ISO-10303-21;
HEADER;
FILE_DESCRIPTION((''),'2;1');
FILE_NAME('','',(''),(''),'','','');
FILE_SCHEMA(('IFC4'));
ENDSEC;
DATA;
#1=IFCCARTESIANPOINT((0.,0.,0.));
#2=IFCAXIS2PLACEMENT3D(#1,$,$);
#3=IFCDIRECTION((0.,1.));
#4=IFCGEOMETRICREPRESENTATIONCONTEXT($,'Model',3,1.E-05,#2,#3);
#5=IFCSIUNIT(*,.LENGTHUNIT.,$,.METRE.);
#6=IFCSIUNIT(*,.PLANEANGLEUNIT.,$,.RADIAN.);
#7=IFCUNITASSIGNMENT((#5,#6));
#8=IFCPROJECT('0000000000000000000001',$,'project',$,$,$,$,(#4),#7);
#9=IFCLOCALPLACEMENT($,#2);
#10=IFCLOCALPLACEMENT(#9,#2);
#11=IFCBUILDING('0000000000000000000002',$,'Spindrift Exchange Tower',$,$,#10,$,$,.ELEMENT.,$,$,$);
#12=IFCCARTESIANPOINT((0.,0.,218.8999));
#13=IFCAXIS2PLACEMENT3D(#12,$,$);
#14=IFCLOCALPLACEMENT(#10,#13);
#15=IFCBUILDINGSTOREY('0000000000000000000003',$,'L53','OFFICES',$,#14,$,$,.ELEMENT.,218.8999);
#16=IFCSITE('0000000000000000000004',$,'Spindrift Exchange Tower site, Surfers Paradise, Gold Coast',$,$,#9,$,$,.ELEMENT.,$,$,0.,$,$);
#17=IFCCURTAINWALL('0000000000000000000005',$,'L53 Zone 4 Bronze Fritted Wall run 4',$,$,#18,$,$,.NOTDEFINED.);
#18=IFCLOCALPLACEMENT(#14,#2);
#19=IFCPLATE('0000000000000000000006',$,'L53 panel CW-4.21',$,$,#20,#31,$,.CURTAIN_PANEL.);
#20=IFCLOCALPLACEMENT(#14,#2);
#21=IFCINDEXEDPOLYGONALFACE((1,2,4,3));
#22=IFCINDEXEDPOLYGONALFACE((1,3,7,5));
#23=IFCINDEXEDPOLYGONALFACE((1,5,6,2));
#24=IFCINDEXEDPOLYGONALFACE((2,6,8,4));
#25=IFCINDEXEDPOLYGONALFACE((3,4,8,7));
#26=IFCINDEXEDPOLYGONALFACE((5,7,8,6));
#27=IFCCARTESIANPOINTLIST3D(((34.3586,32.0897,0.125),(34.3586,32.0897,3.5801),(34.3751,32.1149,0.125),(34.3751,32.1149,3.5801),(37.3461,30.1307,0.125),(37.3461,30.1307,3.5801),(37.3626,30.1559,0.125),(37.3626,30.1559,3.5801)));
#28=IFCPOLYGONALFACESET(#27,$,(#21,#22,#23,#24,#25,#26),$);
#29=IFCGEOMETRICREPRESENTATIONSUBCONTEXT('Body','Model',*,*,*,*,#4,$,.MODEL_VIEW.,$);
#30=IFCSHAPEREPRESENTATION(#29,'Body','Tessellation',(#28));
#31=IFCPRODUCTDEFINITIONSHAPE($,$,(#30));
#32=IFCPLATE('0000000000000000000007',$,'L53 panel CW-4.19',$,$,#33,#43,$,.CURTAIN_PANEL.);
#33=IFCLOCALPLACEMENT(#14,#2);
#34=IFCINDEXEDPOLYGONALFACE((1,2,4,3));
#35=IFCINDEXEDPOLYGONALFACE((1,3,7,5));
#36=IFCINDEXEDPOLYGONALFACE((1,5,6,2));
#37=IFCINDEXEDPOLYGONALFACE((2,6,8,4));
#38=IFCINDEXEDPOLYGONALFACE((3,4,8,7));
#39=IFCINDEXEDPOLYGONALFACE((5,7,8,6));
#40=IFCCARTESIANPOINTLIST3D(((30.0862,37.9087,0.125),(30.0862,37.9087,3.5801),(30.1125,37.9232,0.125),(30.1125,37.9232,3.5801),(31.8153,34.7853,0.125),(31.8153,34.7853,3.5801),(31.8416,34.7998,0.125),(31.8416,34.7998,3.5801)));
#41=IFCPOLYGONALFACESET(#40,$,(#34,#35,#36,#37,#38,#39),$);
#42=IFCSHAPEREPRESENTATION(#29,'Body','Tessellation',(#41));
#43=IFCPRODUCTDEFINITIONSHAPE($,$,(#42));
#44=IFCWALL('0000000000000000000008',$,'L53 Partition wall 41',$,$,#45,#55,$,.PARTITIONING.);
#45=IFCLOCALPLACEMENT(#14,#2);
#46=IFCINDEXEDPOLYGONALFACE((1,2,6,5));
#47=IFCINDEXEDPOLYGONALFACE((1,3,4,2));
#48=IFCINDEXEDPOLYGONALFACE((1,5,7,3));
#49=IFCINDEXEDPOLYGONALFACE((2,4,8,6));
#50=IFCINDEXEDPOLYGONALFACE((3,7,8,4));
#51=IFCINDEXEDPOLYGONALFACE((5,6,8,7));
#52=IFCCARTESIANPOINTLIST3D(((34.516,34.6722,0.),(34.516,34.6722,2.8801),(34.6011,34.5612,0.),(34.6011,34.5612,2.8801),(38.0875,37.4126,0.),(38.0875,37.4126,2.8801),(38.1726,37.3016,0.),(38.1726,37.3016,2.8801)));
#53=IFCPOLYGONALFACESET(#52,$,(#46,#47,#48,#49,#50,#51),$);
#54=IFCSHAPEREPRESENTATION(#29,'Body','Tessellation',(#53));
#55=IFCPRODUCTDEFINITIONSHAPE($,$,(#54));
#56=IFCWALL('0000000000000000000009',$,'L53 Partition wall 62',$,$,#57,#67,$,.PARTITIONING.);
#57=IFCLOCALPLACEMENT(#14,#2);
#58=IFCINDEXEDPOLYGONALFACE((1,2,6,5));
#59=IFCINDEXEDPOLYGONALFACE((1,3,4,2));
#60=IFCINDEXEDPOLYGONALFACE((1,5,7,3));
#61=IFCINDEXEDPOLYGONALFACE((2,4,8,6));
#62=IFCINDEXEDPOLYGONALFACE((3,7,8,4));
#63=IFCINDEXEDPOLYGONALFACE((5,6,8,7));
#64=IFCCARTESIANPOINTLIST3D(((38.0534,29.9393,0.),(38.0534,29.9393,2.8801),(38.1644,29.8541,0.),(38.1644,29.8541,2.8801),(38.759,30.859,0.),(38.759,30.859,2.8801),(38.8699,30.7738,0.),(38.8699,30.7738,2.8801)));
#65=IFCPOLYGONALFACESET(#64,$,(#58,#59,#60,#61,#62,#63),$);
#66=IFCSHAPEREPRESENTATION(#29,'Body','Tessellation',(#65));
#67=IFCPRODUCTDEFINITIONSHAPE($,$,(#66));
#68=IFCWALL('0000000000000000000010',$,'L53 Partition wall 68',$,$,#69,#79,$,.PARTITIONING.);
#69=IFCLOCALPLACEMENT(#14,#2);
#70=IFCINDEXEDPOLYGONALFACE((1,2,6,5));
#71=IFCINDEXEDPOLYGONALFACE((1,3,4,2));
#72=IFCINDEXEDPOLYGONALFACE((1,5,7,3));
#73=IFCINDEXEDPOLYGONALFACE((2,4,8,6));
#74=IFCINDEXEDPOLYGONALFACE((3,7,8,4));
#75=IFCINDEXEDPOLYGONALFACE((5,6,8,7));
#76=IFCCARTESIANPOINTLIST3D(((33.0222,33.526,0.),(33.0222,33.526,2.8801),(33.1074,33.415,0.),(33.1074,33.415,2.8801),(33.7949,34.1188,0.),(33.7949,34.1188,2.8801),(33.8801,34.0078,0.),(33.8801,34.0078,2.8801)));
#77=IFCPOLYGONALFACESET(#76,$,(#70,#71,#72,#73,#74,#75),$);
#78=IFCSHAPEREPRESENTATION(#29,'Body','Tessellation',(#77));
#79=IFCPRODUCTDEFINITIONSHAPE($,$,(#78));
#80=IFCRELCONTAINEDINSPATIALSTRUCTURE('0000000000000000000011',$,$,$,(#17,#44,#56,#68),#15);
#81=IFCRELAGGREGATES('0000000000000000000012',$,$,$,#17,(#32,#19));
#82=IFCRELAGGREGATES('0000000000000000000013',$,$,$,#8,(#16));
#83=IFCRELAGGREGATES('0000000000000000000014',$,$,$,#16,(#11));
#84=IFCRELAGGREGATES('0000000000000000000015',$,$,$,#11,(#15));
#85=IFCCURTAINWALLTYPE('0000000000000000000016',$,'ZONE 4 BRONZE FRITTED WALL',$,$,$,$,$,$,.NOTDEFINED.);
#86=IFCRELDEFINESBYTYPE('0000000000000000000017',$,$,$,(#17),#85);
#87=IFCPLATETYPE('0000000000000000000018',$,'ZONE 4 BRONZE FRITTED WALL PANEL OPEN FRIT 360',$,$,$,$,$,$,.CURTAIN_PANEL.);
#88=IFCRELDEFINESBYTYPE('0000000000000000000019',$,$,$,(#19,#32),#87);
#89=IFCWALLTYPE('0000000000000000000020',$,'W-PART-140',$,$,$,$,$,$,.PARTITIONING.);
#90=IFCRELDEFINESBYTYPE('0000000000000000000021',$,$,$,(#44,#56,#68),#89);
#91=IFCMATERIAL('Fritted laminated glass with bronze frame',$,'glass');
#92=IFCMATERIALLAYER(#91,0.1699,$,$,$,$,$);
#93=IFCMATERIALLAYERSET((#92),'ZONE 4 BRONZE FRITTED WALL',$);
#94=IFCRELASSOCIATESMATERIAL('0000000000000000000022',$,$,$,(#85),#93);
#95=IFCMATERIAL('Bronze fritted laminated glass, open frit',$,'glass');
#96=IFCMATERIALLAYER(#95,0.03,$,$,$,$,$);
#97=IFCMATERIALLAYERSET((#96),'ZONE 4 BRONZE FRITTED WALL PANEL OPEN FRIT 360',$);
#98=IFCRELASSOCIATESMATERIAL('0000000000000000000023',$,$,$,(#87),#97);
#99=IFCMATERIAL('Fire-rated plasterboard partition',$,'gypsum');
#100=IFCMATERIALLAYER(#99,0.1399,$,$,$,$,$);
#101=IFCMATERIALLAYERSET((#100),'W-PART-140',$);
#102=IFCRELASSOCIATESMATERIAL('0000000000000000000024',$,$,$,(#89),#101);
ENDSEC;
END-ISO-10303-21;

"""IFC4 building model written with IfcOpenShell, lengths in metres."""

from ifc_helpers import new_model, si_unit, direction, frame, frame_2d, origin, origin_2d, place, context, subcontext, project, spatial, rectangle, extrude, source, transform, mapped, material, layer, layer_set, type_object, element, aggregate, save


model = new_model("IFC4")

# Units and contexts
model_context = context("Model", 3, precision=1e-05, world=origin(), true_north=direction((0.0, 1.0)))
body_context = subcontext(model_context, "Body", "Model", "MODEL_VIEW")
ifc_project = project(units=[si_unit("LENGTHUNIT", "METRE"), si_unit("PLANEANGLEUNIT", "RADIAN")], contexts=[model_context])

# Site, building, storey
site_placement = place(None, origin())
site = spatial("IfcSite", under=ifc_project, at=site_placement, Name="Spindrift Exchange Tower site, Surfers Paradise, Gold Coast", CompositionType="ELEMENT", RefElevation=0.0)
building_placement = place(site_placement, origin())
building = spatial("IfcBuilding", under=site, at=building_placement, Name="Spindrift Exchange Tower", CompositionType="ELEMENT")
storey_placement = place(building_placement, frame((0.0, 0.0, 218.8999)))
storey = spatial("IfcBuildingStorey", under=building, at=storey_placement, Name="L53", Description="OFFICES", CompositionType="ELEMENT", Elevation=218.8999)

# Curtain wall
ifc_material_1 = material(Name="Fritted laminated glass with bronze frame", Category="glass")
ifc_layer_1 = layer(ifc_material_1, 0.1699)
ifc_layer_set_1 = layer_set([ifc_layer_1], Name="ZONE 4 BRONZE FRITTED WALL")
curtain_wall_type = type_object("IfcCurtainWallType", Name="ZONE 4 BRONZE FRITTED WALL", PredefinedType="NOTDEFINED", material=ifc_layer_set_1)
curtain_wall_placement = place(storey_placement, origin())
curtain_wall = element("IfcCurtainWall", 1, at=curtain_wall_placement, inside=storey, type_object=curtain_wall_type, Name="L53 Zone 4 Bronze Fritted Wall run 4", PredefinedType="NOTDEFINED")

# Plates
ifc_material_2 = material(Name="Bronze fritted laminated glass, open frit", Category="glass")
ifc_layer_2 = layer(ifc_material_2, 0.03)
ifc_layer_set_2 = layer_set([ifc_layer_2], Name="ZONE 4 BRONZE FRITTED WALL PANEL OPEN FRIT 360")
plate_type_1 = type_object("IfcPlateType", Name="ZONE 4 BRONZE FRITTED WALL PANEL OPEN FRIT 360", PredefinedType="CURTAIN_PANEL", material=ifc_layer_set_2)
shared_shape_1 = source(origin(), body_context, "Body", "SweptSolid", [
    extrude(rectangle(XDim=3.5725, YDim=0.03, at=origin_2d()), origin(), (0.0, 0.0, 1.0), 3.4551),
])
plate_1_placement = place(storey_placement, frame((35.8606, 31.1228, 0.125), z_axis=(0.0, 0.0, 1.0), x_axis=(0.836247, -0.548353, 0.0)))
plate_1 = element("IfcPlate", 2, at=plate_1_placement, type_object=plate_type_1, Name="L53 panel CW-4.21", PredefinedType="CURTAIN_PANEL", context=body_context, shape_type="MappedRepresentation", body=[
    mapped(shared_shape_1, transform((0.0, 0.0, 0.0), scale=1.0)),
])
shared_shape_2 = source(origin(), body_context, "Body", "SweptSolid", [
    extrude(rectangle(XDim=3.5701, YDim=0.03, at=origin_2d()), origin(), (0.0, 0.0, 1.0), 3.4551),
])
plate_2_placement = place(storey_placement, frame((30.9639, 36.3542, 0.125), z_axis=(0.0, 0.0, 1.0), x_axis=(0.484332, -0.874884, 0.0)))
plate_2 = element("IfcPlate", 3, at=plate_2_placement, type_object=plate_type_1, Name="L53 panel CW-4.19", PredefinedType="CURTAIN_PANEL", context=body_context, shape_type="MappedRepresentation", body=[
    mapped(shared_shape_2, transform((0.0, 0.0, 0.0), scale=1.0)),
])
aggregate(curtain_wall, [plate_2, plate_1])

# Walls
ifc_material_3 = material(Name="Fire-rated plasterboard partition", Category="gypsum")
ifc_layer_3 = layer(ifc_material_3, 0.1399)
ifc_layer_set_3 = layer_set([ifc_layer_3], Name="W-PART-140")
wall_type = type_object("IfcWallType", Name="W-PART-140", PredefinedType="PARTITIONING", material=ifc_layer_set_3)
wall_1_placement = place(storey_placement, frame((38.1301, 37.3572, 0.0), z_axis=(0.0, 0.0, 1.0), x_axis=(-0.793359, -0.608754, 0.0)))
element("IfcWall", 4, at=wall_1_placement, inside=storey, type_object=wall_type, Name="L53 Partition wall 41", PredefinedType="PARTITIONING", context=body_context, shape_type="SweptSolid", body=[
    extrude(rectangle(XDim=4.5017, YDim=0.1399, at=frame_2d((2.251, 0.0))), origin(), (0.0, 0.0, 1.0), 2.8801),
])
wall_2_placement = place(storey_placement, frame((38.8145, 30.8164, 0.0), z_axis=(0.0, 0.0, 1.0), x_axis=(-0.608692, -0.793406, 0.0)))
element("IfcWall", 5, at=wall_2_placement, inside=storey, type_object=wall_type, Name="L53 Partition wall 62", PredefinedType="PARTITIONING", context=body_context, shape_type="SweptSolid", body=[
    extrude(rectangle(XDim=1.1592, YDim=0.1399, at=frame_2d((0.5796, 0.0))), origin(), (0.0, 0.0, 1.0), 2.8801),
])
wall_3_placement = place(storey_placement, frame((33.8374, 34.0632, 0.0), z_axis=(0.0, 0.0, 1.0), x_axis=(-0.793425, -0.608668, 0.0)))
element("IfcWall", 6, at=wall_3_placement, inside=storey, type_object=wall_type, Name="L53 Partition wall 68", PredefinedType="PARTITIONING", context=body_context, shape_type="SweptSolid", body=[
    extrude(rectangle(XDim=0.9739, YDim=0.1399, at=frame_2d((0.4868, 0.0))), origin(), (0.0, 0.0, 1.0), 2.8801),
])

save(model, "model.ifc")
